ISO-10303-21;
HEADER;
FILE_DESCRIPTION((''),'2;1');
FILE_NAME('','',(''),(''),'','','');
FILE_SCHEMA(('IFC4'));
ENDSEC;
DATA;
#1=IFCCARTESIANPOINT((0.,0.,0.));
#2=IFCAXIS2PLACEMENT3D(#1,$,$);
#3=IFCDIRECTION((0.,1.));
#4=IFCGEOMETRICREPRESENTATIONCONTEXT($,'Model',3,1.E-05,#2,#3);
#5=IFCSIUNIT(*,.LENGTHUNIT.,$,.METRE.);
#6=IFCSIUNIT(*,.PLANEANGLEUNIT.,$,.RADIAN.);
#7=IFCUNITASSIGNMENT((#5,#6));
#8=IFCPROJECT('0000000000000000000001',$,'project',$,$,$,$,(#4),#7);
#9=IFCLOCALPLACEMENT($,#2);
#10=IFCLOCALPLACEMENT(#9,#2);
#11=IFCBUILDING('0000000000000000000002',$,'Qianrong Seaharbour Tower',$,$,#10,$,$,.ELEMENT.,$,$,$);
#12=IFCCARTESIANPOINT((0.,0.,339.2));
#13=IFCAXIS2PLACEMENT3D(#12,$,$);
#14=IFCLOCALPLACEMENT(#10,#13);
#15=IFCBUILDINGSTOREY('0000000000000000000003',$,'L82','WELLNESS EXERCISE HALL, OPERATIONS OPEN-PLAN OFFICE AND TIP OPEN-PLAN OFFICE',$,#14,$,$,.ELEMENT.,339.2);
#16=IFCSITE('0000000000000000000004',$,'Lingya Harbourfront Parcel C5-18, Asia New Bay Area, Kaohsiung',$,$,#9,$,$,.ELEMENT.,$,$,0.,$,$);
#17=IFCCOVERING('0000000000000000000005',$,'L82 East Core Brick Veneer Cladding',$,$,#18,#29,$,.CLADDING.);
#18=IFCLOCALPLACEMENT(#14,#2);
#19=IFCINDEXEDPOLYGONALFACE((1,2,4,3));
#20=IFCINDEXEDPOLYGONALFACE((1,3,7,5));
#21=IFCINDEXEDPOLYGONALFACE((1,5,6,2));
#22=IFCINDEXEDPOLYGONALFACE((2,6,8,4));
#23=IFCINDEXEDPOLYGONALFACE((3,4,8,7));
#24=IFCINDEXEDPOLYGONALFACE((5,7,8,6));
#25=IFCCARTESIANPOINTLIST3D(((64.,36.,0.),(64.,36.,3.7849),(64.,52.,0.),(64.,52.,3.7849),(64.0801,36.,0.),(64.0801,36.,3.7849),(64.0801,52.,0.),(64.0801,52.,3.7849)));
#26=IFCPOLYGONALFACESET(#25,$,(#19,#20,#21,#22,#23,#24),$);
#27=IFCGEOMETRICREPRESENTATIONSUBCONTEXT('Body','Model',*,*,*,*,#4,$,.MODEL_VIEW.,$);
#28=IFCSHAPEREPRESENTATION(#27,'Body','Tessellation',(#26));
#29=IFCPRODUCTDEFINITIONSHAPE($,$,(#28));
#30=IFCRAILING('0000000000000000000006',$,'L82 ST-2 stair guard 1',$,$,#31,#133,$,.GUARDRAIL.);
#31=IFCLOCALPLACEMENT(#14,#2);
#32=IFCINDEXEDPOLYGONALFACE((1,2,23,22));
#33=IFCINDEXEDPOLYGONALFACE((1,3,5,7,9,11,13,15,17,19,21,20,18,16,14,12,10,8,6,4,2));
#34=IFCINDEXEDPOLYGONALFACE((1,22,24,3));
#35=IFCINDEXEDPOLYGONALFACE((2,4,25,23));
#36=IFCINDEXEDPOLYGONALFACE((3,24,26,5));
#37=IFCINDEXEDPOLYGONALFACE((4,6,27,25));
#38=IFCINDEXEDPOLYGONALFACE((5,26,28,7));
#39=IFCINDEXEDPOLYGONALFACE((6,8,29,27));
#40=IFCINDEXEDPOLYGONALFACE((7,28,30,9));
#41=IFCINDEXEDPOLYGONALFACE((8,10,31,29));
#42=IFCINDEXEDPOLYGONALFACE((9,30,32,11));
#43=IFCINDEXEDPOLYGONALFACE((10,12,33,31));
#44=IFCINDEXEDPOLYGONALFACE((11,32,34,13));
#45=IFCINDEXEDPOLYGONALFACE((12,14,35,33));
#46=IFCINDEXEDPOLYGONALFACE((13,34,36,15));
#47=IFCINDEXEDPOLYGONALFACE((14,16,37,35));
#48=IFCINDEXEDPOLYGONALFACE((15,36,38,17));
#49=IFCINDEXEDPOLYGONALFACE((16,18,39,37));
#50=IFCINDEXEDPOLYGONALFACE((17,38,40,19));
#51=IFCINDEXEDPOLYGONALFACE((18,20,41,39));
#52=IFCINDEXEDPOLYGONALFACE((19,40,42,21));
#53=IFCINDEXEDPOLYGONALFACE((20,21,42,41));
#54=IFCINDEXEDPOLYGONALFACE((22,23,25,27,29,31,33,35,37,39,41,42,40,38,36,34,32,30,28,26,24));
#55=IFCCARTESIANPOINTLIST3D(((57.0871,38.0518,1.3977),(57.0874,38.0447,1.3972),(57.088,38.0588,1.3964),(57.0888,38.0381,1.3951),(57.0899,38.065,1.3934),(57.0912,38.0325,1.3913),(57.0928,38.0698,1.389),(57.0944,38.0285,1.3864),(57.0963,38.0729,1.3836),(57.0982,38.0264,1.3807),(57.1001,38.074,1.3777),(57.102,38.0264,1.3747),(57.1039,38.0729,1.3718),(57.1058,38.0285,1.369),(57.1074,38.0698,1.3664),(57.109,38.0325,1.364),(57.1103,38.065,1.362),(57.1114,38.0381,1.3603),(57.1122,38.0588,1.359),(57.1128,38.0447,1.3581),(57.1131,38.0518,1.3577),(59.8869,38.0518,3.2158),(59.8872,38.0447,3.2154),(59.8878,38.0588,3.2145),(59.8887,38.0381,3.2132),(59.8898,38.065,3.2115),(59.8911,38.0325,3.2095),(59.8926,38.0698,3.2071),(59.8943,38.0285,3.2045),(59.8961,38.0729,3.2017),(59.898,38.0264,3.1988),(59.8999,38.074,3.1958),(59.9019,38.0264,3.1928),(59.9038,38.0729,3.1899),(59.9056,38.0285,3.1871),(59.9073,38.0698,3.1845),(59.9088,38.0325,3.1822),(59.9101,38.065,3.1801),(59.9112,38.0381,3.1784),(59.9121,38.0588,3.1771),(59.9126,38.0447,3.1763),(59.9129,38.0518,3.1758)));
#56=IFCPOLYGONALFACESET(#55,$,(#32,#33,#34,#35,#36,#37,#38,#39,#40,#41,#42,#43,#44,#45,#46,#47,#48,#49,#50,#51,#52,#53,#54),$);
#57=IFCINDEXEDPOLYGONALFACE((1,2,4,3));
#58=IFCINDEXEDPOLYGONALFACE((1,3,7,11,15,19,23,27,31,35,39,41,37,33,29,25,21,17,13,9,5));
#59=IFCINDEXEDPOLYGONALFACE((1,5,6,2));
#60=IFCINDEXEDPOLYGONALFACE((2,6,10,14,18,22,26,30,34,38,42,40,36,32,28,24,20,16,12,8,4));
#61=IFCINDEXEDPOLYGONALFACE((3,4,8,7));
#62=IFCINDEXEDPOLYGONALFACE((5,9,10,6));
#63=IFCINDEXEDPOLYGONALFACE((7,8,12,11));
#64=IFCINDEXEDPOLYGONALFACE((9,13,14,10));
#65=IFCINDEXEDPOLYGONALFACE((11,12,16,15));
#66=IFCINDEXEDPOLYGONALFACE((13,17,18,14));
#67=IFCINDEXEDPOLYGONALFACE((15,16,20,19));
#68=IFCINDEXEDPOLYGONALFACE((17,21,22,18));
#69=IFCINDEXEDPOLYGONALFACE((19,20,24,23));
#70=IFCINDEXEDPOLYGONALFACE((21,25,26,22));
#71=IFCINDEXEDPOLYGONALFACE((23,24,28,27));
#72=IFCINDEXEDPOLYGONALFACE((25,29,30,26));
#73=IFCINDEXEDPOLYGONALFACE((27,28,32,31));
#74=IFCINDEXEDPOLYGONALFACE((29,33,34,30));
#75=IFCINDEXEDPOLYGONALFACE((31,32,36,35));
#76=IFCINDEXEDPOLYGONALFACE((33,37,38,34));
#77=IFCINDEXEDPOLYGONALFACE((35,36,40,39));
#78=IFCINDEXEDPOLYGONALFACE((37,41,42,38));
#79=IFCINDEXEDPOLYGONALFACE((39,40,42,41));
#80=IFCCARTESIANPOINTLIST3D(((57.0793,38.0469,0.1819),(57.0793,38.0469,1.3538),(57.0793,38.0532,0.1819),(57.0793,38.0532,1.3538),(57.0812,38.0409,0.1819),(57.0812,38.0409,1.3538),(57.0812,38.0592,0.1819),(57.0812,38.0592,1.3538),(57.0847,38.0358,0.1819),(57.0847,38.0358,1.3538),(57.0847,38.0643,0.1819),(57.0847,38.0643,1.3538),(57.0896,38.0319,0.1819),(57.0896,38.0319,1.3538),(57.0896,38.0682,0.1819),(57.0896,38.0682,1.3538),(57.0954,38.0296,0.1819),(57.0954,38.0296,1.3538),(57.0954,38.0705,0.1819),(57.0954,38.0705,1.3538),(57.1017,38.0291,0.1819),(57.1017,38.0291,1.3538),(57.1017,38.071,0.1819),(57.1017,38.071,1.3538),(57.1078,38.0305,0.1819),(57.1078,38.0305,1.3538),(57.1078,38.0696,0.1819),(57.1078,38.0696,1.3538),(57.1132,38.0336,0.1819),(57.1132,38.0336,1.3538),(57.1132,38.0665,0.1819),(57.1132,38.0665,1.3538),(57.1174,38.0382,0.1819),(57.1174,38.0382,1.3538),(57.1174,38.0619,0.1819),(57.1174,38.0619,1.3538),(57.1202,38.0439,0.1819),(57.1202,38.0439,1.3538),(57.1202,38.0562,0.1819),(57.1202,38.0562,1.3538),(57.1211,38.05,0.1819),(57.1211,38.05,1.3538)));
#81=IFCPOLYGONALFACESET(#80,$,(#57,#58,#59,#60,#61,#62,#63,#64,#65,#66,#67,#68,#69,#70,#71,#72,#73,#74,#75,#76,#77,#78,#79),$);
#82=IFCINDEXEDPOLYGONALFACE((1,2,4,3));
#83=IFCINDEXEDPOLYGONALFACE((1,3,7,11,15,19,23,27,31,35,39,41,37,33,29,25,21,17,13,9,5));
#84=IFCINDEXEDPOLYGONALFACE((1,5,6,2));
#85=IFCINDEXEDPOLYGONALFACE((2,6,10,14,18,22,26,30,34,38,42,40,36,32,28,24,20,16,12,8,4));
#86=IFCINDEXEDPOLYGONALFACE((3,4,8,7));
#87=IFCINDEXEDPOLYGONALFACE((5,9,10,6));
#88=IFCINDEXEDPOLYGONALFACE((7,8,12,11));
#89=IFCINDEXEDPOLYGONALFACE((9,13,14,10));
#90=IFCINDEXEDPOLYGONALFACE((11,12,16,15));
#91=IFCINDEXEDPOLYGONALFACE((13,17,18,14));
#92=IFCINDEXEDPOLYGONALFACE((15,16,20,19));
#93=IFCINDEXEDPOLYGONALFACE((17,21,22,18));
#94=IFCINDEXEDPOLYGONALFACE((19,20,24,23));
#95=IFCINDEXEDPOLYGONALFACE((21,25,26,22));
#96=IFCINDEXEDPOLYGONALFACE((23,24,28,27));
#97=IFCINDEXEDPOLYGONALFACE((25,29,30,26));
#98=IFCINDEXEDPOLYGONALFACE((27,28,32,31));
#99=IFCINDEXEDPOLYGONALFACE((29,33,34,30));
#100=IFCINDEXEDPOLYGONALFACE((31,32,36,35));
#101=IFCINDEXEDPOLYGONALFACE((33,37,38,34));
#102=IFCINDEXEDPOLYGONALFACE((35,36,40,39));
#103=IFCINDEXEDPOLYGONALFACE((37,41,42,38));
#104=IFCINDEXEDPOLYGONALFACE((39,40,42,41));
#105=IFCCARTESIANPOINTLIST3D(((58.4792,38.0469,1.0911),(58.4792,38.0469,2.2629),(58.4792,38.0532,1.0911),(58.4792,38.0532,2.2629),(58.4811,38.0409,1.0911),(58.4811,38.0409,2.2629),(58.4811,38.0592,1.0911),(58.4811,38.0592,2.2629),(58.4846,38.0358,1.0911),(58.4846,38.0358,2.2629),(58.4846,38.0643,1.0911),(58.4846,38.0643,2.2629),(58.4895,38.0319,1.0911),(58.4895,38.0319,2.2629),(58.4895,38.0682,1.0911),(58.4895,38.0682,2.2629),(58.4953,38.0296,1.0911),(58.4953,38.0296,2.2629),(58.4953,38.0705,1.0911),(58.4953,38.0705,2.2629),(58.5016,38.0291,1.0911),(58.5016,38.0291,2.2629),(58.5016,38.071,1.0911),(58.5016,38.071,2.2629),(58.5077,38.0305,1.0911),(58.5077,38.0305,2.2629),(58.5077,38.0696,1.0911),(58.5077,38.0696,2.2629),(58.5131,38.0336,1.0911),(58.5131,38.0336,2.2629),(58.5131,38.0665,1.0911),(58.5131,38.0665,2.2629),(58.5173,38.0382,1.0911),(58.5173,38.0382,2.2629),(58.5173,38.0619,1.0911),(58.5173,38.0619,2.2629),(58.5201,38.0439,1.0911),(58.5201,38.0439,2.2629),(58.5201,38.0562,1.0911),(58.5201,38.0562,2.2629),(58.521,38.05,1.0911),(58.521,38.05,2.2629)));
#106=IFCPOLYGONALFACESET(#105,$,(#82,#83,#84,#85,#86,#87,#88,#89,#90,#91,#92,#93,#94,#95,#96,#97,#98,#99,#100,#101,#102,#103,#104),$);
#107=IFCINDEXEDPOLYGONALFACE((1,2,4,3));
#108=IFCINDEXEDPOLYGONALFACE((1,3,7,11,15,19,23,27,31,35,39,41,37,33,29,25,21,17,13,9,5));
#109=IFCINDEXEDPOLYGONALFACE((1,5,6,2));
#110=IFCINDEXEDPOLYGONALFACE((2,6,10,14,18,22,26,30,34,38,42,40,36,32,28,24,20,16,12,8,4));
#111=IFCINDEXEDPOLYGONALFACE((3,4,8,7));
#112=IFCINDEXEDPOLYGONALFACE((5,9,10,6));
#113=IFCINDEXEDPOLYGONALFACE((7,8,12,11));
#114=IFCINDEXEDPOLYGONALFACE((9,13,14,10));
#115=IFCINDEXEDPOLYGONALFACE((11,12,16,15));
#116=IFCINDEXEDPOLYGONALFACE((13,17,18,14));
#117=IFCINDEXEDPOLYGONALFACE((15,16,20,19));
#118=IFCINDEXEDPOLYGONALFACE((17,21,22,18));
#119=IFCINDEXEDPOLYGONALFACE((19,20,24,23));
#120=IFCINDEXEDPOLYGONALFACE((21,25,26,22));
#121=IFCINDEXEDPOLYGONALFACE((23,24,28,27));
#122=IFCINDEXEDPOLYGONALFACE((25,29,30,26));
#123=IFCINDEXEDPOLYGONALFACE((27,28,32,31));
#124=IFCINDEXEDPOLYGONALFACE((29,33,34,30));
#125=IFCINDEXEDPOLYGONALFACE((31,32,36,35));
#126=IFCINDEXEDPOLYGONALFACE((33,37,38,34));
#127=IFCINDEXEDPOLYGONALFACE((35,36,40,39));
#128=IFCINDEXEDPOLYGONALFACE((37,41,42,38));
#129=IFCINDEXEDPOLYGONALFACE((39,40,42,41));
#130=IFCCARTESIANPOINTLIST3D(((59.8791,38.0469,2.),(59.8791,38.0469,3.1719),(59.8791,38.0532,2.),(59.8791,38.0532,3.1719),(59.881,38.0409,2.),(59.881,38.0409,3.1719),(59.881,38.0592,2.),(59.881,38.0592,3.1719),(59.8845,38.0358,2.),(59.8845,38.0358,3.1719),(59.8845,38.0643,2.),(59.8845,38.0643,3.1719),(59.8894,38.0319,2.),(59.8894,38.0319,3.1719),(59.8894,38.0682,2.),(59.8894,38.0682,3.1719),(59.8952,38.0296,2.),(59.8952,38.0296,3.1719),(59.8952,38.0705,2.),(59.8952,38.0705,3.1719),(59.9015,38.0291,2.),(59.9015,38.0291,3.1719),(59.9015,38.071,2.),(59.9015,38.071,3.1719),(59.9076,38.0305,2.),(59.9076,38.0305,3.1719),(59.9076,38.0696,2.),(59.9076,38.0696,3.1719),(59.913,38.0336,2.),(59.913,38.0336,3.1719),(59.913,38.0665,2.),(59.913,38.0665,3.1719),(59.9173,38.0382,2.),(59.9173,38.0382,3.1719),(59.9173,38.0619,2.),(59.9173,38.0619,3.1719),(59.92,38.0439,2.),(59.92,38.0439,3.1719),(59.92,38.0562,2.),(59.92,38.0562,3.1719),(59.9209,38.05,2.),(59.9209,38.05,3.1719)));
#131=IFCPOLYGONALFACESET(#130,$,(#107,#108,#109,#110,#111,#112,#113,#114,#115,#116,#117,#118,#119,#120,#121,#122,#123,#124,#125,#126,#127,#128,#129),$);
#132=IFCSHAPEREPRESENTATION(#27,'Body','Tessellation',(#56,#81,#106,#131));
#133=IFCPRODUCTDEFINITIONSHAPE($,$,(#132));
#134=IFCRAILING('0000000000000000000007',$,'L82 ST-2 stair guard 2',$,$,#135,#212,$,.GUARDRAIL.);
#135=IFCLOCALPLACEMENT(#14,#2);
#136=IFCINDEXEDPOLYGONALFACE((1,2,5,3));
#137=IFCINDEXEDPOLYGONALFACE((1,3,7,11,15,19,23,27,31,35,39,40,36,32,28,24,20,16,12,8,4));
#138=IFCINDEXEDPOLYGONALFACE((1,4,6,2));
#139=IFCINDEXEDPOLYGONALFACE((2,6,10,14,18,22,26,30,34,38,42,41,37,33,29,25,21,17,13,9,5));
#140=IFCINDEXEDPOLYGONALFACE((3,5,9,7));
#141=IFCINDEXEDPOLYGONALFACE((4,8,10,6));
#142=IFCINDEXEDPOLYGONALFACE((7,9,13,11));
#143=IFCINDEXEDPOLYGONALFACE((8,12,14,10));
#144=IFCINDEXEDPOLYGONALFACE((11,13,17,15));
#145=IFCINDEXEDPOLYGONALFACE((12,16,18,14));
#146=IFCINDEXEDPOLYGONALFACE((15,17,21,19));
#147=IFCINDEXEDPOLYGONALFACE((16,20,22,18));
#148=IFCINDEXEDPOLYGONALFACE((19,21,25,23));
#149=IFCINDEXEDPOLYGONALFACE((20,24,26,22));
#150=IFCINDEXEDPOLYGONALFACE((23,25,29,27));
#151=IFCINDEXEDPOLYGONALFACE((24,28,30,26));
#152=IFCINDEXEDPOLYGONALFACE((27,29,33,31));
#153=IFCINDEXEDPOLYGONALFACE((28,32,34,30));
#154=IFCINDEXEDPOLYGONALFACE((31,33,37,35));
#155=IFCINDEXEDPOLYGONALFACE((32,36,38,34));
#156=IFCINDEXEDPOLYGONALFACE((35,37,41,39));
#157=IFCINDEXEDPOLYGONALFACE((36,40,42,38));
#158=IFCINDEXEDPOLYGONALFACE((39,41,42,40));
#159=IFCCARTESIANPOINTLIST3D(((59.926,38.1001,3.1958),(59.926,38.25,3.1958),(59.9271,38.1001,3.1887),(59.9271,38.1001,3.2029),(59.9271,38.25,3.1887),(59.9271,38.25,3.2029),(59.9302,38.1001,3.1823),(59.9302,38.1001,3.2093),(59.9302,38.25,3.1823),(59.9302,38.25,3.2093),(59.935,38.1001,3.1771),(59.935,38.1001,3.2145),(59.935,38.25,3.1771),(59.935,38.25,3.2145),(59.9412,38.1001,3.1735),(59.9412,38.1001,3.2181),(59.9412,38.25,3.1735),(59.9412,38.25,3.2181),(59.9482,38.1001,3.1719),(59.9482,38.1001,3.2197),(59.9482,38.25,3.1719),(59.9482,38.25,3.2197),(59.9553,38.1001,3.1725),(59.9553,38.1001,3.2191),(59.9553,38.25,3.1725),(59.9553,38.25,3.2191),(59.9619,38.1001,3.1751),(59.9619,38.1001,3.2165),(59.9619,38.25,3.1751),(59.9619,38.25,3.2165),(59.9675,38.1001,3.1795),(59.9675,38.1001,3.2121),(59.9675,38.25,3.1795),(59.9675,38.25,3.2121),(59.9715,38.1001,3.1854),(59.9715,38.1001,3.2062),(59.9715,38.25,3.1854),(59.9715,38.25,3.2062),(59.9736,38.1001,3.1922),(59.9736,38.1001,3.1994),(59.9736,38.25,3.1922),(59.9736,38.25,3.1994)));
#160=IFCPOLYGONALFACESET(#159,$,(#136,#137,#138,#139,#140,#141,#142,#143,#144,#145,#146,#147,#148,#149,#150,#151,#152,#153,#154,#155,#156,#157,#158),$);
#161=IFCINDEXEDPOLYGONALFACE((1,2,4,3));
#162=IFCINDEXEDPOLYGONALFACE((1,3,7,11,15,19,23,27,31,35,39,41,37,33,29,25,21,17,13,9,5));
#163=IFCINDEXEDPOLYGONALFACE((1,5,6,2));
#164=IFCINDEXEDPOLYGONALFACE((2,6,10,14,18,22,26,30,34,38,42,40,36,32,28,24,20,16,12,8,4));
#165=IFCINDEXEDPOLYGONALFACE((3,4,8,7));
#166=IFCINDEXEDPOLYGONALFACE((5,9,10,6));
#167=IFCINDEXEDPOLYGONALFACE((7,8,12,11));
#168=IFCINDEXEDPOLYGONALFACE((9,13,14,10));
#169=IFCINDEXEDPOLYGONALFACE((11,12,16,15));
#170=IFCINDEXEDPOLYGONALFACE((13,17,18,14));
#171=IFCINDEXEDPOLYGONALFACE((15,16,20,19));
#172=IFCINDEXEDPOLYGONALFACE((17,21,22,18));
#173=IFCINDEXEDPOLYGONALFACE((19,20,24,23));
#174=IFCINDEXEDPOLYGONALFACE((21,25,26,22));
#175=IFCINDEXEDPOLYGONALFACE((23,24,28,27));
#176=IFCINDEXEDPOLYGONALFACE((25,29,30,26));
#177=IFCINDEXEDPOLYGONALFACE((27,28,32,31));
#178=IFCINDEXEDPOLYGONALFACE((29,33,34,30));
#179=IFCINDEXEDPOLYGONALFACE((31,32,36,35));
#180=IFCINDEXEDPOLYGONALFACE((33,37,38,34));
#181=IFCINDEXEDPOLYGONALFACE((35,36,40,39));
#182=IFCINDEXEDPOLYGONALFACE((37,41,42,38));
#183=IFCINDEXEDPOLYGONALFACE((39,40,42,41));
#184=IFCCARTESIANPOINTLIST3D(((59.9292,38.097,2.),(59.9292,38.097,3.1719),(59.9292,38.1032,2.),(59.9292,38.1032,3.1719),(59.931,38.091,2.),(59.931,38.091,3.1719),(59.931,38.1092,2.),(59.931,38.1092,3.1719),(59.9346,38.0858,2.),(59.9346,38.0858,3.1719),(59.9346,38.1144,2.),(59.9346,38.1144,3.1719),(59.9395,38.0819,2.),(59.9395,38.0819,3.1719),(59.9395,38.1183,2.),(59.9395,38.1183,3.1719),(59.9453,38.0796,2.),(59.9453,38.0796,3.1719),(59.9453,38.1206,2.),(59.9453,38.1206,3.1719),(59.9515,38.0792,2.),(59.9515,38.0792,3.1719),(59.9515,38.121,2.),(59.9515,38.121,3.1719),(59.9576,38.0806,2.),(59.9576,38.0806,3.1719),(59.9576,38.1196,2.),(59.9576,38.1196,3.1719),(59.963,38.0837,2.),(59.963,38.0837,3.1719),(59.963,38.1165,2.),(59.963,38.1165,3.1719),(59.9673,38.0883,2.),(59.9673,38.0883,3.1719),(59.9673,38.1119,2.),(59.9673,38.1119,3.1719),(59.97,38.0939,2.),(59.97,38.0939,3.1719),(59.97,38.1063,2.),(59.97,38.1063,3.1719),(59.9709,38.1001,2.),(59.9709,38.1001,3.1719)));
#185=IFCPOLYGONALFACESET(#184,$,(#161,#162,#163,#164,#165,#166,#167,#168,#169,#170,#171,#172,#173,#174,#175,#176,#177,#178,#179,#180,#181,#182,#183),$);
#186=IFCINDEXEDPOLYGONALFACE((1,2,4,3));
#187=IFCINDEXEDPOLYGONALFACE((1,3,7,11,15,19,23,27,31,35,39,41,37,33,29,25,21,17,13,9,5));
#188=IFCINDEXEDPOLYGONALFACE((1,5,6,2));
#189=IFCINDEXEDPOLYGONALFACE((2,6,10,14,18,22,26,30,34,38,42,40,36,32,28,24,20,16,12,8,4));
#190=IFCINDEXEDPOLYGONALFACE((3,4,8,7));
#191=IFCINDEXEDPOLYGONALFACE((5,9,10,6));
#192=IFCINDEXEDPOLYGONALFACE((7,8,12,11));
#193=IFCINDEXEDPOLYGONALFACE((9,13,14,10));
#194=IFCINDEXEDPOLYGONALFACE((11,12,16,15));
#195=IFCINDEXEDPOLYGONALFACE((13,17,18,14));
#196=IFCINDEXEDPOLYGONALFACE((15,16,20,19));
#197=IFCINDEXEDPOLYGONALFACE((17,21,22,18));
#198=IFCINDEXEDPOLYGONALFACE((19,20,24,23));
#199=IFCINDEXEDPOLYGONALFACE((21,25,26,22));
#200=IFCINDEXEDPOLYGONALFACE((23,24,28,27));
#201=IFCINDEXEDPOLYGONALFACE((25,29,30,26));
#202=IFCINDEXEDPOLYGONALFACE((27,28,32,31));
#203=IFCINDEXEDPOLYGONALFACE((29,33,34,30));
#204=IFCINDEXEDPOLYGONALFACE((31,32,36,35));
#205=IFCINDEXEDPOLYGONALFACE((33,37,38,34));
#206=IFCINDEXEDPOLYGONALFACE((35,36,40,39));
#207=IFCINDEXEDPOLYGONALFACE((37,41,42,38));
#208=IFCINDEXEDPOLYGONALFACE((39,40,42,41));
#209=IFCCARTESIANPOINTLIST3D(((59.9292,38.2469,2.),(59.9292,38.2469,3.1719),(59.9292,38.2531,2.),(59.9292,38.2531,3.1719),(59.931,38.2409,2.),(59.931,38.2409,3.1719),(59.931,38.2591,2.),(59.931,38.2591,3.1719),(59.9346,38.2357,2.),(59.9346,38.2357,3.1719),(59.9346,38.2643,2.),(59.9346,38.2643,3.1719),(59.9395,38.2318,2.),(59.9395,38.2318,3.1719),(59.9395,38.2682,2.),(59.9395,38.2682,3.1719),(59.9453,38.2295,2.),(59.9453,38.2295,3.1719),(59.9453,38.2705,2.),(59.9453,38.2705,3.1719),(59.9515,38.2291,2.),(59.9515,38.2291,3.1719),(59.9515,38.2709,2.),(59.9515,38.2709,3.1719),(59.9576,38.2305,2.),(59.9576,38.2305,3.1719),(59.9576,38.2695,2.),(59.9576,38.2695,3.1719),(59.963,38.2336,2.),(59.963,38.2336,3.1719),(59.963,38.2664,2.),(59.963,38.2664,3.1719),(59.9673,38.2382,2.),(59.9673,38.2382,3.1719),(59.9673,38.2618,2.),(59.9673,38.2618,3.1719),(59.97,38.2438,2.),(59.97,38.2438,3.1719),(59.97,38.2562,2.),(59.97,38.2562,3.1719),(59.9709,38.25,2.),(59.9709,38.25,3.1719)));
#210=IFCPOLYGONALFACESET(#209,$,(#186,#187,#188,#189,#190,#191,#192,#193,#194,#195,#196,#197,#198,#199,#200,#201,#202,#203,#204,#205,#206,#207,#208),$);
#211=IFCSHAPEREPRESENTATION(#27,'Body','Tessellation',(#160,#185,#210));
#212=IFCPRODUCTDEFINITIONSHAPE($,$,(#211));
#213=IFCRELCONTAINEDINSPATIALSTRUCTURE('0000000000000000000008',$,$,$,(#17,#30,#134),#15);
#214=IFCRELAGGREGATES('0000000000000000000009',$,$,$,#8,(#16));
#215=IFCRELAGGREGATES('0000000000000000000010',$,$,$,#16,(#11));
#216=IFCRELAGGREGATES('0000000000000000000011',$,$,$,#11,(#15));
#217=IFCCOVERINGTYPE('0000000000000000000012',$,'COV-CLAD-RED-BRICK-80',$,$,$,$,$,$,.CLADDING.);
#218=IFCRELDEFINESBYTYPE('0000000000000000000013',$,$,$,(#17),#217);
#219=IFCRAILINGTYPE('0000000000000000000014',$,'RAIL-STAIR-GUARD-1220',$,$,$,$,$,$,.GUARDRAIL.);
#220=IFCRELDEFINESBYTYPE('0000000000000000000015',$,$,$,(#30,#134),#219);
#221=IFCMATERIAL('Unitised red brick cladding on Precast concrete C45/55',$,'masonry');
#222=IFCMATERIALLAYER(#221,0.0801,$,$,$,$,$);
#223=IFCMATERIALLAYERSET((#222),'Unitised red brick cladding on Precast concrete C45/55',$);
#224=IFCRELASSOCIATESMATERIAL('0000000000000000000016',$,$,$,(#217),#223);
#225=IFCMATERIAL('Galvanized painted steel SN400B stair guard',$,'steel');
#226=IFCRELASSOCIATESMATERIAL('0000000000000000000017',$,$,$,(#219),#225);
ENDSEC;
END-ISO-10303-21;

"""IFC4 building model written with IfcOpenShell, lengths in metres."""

from ifc_helpers import new_model, si_unit, direction, frame, origin, origin_2d, place, context, subcontext, project, spatial, rectangle, circle, extrude, material, layer, layer_set, type_object, element, save


model = new_model("IFC4")

# Units and contexts
model_context = context("Model", 3, precision=1e-05, world=origin(), true_north=direction((0.0, 1.0)))
body_context = subcontext(model_context, "Body", "Model", "MODEL_VIEW")
ifc_project = project(units=[si_unit("LENGTHUNIT", "METRE"), si_unit("PLANEANGLEUNIT", "RADIAN")], contexts=[model_context])

# Site, building, storey
site_placement = place(None, origin())
site = spatial("IfcSite", under=ifc_project, at=site_placement, Name="Lingya Harbourfront Parcel C5-18, Asia New Bay Area, Kaohsiung", CompositionType="ELEMENT", RefElevation=0.0)
building_placement = place(site_placement, origin())
building = spatial("IfcBuilding", under=site, at=building_placement, Name="Qianrong Seaharbour Tower", CompositionType="ELEMENT")
storey_placement = place(building_placement, frame((0.0, 0.0, 339.2)))
storey = spatial("IfcBuildingStorey", under=building, at=storey_placement, Name="L82", Description="WELLNESS EXERCISE HALL, OPERATIONS OPEN-PLAN OFFICE AND TIP OPEN-PLAN OFFICE", CompositionType="ELEMENT", Elevation=339.2)

# Covering
ifc_material_1 = material(Name="Unitised red brick cladding on Precast concrete C45/55", Category="masonry")
ifc_layer_1 = layer(ifc_material_1, 0.0801)
ifc_layer_set_1 = layer_set([ifc_layer_1], Name="Unitised red brick cladding on Precast concrete C45/55")
covering_type = type_object("IfcCoveringType", Name="COV-CLAD-RED-BRICK-80", PredefinedType="CLADDING", material=ifc_layer_set_1)
covering_placement = place(storey_placement, frame((64.04, 44.0, 0.0), z_axis=(0.0, 0.0, 1.0), x_axis=(1.0, 0.0, 0.0)))
element("IfcCovering", 1, at=covering_placement, inside=storey, type_object=covering_type, Name="L82 East Core Brick Veneer Cladding", PredefinedType="CLADDING", context=body_context, shape_type="SweptSolid", body=[
    extrude(rectangle(XDim=0.0801, YDim=16.0, at=origin_2d()), origin(), (0.0, 0.0, 1.0), 3.7849),
])

# Railings
ifc_material_2 = material(Name="Galvanized painted steel SN400B stair guard", Category="steel")
railing_type_1 = type_object("IfcRailingType", Name="RAIL-STAIR-GUARD-1220", PredefinedType="GUARDRAIL", material=ifc_material_2)
railing_1_placement = place(storey_placement, frame((57.1001, 38.05, 0.1819)))
element("IfcRailing", 2, at=railing_1_placement, inside=storey, type_object=railing_type_1, Name="L82 ST-2 stair guard 1", PredefinedType="GUARDRAIL", context=body_context, shape_type="SweptSolid", body=[
    extrude(circle(Radius=0.0239, at=origin_2d()), frame((0.0, 0.0, 1.1958), z_axis=(0.838684, 0.0, 0.544618), x_axis=(0.0, 1.0, 0.0)), (0.0, 0.0, 1.0), 3.3384),
    extrude(circle(Radius=0.021, at=origin_2d()), origin(), (0.0, 0.0, 1.0), 1.1719),
    extrude(circle(Radius=0.021, at=origin_2d()), frame((1.3999, 0.0, 0.9092)), (0.0, 0.0, 1.0), 1.1719),
    extrude(circle(Radius=0.021, at=origin_2d()), frame((2.7998, 0.0, 1.8181)), (0.0, 0.0, 1.0), 1.1719),
])
railing_2_placement = place(storey_placement, frame((59.95, 38.1001, 2.0)))
element("IfcRailing", 3, at=railing_2_placement, inside=storey, type_object=railing_type_1, Name="L82 ST-2 stair guard 2", PredefinedType="GUARDRAIL", context=body_context, shape_type="SweptSolid", body=[
    extrude(circle(Radius=0.0239, at=origin_2d()), frame((0.0, 0.0, 1.1958), z_axis=(0.0, 1.0, 0.0), x_axis=(-1.0, 0.0, 0.0)), (0.0, 0.0, 1.0), 0.1499),
    extrude(circle(Radius=0.021, at=origin_2d()), origin(), (0.0, 0.0, 1.0), 1.1719),
    extrude(circle(Radius=0.021, at=origin_2d()), frame((0.0, 0.1499, 0.0)), (0.0, 0.0, 1.0), 1.1719),
])

save(model, "model.ifc")
